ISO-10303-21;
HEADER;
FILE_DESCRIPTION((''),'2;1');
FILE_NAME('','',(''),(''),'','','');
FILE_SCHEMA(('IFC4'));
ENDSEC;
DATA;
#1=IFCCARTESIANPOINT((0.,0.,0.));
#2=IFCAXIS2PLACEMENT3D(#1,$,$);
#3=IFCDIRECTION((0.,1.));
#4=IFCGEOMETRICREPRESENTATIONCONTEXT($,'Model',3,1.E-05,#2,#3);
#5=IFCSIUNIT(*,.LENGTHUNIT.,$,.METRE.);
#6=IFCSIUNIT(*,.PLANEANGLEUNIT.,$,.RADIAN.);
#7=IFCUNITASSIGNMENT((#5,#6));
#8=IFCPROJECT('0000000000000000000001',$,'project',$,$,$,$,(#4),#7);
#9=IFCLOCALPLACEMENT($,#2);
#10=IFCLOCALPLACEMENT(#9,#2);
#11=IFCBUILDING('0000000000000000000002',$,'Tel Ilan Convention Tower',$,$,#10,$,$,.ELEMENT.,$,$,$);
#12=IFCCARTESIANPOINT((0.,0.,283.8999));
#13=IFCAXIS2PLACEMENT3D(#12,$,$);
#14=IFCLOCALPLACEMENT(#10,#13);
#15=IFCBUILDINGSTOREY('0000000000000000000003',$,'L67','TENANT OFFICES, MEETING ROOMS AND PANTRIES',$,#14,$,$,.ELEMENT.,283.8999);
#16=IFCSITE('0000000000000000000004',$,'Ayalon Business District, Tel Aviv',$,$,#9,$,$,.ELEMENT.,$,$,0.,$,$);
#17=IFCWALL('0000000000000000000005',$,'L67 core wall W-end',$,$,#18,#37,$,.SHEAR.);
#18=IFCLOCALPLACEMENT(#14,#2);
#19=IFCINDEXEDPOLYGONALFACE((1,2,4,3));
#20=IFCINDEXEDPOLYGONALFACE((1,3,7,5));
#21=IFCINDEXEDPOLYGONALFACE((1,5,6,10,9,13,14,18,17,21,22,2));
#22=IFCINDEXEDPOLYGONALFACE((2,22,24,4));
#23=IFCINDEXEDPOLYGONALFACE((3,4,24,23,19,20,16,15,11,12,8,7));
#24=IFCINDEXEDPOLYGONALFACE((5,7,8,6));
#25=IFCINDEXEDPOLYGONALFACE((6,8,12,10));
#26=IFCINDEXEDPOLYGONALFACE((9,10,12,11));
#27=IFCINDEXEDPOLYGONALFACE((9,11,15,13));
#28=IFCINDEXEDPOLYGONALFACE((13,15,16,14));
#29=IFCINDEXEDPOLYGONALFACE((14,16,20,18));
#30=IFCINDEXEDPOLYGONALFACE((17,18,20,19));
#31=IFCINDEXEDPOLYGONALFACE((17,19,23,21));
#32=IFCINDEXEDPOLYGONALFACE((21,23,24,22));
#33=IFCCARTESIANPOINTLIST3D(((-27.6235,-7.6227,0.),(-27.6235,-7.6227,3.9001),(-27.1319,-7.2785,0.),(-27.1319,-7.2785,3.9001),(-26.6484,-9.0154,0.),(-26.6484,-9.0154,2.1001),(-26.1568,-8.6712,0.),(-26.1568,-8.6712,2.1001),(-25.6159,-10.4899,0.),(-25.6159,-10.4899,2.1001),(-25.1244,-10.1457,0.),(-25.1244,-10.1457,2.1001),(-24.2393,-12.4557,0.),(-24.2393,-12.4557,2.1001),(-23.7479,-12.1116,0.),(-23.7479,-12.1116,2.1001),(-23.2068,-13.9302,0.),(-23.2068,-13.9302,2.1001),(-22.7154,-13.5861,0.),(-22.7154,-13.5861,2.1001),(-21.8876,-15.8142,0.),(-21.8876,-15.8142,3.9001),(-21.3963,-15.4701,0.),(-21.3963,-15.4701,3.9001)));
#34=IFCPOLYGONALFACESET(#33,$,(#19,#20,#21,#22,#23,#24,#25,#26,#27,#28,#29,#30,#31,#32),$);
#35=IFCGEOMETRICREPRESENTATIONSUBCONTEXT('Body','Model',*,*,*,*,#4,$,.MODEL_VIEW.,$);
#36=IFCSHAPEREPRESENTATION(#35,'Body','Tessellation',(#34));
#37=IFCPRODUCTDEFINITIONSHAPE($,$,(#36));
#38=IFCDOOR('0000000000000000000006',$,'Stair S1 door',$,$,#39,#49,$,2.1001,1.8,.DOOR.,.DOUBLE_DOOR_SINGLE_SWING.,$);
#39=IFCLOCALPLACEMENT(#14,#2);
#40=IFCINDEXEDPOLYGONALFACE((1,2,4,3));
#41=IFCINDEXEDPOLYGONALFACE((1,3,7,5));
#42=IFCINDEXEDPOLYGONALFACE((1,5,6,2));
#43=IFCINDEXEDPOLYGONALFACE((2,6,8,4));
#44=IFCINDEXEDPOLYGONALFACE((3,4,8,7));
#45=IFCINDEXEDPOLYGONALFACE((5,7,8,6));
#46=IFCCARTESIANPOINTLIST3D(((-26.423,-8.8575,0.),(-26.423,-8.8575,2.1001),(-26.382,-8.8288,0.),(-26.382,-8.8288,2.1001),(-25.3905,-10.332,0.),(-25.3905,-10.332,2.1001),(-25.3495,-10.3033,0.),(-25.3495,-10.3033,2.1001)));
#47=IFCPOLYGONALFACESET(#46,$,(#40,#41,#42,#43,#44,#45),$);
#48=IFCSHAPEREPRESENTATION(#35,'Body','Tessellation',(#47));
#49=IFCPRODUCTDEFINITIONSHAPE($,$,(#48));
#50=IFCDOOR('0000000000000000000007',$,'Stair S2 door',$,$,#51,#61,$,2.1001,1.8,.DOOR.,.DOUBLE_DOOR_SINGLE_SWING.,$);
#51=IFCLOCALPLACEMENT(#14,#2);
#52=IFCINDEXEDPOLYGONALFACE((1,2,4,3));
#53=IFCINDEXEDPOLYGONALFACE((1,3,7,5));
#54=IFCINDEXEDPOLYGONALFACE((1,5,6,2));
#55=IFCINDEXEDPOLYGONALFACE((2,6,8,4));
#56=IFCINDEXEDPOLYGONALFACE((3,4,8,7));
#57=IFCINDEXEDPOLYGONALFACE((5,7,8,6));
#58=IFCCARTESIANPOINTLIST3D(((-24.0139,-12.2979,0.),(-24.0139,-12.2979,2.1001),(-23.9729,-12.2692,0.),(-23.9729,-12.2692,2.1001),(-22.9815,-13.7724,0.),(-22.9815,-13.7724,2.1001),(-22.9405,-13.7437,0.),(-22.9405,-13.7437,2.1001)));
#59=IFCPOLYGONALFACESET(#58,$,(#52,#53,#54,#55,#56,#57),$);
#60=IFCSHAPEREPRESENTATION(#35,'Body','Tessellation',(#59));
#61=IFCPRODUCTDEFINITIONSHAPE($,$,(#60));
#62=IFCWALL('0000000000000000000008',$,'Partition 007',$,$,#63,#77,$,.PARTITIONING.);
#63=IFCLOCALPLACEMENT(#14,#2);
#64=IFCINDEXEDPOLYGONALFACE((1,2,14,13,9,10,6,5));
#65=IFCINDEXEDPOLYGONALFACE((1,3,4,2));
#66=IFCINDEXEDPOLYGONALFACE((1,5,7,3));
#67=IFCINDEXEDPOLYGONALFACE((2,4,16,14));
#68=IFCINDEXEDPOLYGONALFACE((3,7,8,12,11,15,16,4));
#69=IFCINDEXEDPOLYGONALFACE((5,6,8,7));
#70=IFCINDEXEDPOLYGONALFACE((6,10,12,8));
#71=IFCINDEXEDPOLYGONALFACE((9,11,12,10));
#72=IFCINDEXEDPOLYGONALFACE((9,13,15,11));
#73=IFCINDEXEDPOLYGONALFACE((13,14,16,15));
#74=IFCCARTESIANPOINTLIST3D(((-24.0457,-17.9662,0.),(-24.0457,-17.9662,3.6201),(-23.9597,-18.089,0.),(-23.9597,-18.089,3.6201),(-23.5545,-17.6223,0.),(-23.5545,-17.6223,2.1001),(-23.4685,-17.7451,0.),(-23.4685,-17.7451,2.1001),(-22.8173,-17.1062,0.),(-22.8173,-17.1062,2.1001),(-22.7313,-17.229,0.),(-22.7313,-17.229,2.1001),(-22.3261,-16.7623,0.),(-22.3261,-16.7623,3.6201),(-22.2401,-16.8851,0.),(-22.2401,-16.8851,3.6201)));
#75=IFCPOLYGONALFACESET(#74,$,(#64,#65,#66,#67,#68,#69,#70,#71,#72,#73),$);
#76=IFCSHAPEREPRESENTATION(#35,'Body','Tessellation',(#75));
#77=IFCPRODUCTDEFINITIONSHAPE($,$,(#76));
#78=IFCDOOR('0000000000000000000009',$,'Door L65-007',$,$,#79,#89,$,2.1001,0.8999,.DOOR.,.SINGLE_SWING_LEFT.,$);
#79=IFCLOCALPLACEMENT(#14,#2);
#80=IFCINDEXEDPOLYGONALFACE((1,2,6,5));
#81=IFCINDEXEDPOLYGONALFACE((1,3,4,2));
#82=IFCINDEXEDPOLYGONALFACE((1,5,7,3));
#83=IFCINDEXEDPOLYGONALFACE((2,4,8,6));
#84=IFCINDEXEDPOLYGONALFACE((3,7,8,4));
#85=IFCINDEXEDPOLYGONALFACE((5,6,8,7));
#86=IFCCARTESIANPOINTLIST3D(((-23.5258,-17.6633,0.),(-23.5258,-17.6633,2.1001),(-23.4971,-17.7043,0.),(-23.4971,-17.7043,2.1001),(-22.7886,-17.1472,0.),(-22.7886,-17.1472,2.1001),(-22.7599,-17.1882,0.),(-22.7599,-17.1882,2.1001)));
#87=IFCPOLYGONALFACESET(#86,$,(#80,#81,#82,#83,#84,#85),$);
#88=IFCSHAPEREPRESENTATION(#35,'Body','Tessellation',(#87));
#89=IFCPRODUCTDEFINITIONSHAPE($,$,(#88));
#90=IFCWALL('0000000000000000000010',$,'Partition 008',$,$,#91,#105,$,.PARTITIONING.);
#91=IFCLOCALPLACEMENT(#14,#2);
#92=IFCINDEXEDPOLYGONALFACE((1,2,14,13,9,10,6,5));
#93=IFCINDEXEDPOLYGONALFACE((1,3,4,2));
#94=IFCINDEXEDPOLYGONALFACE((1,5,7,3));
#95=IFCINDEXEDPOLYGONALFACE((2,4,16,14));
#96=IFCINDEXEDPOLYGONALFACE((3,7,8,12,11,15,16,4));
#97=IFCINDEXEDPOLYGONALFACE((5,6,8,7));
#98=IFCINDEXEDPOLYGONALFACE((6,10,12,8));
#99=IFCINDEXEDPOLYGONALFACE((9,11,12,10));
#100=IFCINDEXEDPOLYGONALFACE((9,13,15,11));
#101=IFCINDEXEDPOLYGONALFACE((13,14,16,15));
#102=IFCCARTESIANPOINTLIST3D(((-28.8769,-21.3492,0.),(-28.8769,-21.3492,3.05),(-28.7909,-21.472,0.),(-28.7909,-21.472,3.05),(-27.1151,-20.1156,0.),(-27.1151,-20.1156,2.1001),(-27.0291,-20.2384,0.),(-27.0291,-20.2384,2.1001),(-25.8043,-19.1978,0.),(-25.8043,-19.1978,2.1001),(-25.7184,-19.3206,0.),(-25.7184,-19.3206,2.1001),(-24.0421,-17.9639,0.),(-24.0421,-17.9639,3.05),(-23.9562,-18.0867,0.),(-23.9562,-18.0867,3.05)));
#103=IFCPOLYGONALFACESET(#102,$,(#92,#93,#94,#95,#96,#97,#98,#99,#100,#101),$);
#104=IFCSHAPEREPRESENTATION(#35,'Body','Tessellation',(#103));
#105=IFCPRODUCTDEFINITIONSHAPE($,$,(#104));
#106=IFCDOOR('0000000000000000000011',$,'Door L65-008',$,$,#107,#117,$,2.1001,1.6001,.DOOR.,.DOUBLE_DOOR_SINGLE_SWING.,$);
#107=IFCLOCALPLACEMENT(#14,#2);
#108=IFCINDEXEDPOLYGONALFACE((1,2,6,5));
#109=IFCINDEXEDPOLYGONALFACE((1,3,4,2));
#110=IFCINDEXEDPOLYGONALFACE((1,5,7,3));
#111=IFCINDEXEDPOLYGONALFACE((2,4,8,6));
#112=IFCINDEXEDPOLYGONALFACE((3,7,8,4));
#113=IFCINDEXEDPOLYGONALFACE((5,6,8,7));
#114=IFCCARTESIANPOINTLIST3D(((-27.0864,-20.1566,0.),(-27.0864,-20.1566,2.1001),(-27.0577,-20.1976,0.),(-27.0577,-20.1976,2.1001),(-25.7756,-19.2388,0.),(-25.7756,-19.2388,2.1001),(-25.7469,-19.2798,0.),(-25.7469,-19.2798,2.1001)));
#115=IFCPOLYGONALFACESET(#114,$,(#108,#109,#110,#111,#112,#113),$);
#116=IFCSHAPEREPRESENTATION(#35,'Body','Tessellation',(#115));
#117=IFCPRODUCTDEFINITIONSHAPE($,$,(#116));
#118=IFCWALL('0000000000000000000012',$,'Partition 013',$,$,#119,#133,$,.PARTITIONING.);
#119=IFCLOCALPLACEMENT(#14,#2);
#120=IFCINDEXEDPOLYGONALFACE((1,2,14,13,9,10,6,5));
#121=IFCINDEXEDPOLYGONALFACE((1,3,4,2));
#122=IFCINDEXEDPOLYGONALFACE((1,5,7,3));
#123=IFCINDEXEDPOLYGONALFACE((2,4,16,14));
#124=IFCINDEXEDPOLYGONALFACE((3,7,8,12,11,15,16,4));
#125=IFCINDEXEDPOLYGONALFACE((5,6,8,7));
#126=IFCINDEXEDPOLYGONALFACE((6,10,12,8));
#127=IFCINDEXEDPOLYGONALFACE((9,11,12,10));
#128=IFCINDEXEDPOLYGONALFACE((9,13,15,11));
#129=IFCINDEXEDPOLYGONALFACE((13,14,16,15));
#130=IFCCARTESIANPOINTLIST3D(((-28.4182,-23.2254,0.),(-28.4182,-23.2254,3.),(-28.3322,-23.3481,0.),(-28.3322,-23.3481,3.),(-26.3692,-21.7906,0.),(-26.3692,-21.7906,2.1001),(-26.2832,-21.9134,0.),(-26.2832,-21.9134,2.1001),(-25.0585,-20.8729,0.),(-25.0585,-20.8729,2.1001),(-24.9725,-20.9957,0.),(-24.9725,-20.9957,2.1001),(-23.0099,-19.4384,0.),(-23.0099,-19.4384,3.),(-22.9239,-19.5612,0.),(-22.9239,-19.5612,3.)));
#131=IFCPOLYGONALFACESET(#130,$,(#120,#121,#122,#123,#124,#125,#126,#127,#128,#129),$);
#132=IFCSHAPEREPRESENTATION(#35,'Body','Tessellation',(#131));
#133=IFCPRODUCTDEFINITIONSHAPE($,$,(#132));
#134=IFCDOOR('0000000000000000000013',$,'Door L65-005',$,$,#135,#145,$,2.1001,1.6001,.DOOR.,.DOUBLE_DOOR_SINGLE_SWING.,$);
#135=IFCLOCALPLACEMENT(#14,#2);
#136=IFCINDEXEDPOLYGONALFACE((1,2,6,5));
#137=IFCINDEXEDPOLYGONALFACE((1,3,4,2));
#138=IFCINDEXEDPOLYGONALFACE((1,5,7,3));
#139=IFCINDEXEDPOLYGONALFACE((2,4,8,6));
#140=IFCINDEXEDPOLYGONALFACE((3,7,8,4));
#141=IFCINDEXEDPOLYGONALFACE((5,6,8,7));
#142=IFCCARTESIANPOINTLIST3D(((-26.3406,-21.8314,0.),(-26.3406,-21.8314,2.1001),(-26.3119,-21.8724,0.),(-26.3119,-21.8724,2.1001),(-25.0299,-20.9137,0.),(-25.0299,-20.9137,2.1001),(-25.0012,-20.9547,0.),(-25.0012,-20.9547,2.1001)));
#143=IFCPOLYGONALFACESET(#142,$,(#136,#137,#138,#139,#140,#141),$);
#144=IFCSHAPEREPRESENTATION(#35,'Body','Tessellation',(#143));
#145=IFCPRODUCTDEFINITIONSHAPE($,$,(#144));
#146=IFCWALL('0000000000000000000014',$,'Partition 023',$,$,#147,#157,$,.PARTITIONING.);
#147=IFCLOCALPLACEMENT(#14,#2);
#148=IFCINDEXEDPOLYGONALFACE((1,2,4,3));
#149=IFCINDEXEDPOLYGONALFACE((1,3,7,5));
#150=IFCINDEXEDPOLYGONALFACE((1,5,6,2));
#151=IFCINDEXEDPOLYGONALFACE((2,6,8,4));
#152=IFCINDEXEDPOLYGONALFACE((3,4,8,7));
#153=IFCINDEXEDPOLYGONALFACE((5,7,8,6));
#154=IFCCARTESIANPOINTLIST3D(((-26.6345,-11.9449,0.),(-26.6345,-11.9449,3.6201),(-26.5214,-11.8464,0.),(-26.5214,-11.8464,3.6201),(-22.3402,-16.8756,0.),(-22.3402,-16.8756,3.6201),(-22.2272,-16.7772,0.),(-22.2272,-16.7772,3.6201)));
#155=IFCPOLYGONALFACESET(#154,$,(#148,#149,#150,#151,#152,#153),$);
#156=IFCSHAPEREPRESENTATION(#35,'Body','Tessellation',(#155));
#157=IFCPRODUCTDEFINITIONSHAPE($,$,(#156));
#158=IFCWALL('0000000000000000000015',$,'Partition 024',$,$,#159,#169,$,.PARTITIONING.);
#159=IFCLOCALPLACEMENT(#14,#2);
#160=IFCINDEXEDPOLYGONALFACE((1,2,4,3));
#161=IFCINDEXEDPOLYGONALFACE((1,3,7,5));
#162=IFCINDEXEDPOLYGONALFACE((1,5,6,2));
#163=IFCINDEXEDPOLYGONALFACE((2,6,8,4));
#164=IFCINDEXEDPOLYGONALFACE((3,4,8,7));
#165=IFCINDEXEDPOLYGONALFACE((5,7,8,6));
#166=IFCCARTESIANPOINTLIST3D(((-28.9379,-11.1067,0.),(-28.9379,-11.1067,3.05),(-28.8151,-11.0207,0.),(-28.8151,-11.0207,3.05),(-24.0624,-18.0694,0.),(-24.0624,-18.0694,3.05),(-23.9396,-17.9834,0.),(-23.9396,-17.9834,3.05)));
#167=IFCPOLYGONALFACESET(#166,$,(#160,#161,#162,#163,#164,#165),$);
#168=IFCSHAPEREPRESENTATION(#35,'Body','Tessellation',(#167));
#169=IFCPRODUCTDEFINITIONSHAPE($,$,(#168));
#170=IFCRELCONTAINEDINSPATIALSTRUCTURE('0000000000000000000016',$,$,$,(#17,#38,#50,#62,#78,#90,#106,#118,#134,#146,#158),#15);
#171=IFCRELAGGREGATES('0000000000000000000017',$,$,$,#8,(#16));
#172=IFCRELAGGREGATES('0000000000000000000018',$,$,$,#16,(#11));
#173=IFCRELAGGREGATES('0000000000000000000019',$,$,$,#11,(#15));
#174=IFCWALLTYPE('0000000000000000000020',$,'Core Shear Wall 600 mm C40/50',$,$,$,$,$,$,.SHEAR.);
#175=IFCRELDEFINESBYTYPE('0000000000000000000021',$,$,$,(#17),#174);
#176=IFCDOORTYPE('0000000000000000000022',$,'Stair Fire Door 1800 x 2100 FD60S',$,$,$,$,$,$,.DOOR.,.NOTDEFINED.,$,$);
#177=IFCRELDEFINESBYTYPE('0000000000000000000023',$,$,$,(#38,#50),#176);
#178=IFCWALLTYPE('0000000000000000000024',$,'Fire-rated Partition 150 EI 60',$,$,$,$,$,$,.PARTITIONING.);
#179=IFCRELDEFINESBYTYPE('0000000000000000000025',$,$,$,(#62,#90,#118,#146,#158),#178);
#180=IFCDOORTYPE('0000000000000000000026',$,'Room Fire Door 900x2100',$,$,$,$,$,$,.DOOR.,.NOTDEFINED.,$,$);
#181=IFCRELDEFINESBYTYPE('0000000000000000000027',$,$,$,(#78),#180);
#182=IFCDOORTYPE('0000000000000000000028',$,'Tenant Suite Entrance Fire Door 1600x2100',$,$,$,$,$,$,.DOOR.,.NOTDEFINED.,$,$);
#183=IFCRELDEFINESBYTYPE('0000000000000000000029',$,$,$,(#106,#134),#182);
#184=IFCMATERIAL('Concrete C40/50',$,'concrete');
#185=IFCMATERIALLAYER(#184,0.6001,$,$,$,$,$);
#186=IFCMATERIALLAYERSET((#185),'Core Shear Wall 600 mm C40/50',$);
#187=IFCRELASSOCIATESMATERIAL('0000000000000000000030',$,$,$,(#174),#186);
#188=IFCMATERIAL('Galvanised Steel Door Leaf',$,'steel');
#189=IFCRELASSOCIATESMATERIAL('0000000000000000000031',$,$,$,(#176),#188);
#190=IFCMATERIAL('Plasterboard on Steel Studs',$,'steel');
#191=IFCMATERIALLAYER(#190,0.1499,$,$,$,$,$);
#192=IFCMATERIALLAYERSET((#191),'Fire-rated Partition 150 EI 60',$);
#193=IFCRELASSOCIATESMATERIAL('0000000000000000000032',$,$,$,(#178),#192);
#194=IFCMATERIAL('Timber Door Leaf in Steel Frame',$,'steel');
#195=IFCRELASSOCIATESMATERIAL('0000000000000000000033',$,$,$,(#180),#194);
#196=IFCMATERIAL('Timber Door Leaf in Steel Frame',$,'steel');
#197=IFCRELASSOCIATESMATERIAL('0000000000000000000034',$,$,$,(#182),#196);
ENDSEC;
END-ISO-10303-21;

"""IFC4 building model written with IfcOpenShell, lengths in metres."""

from ifc_helpers import new_model, si_unit, direction, frame, frame_2d, origin, place, context, subcontext, project, spatial, polyline, rectangle, outline, extrude, material, layer, layer_set, type_object, element, fill, save


model = new_model("IFC4")

# Units and contexts
model_context = context("Model", 3, precision=1e-05, world=origin(), true_north=direction((0.0, 1.0)))
body_context = subcontext(model_context, "Body", "Model", "MODEL_VIEW")
ifc_project = project(units=[si_unit("LENGTHUNIT", "METRE"), si_unit("PLANEANGLEUNIT", "RADIAN")], contexts=[model_context])

# Site, building, storey
site_placement = place(None, origin())
site = spatial("IfcSite", under=ifc_project, at=site_placement, Name="Ayalon Business District, Tel Aviv", CompositionType="ELEMENT", RefElevation=0.0)
building_placement = place(site_placement, origin())
building = spatial("IfcBuilding", under=site, at=building_placement, Name="Tel Ilan Convention Tower", CompositionType="ELEMENT")
storey_placement = place(building_placement, frame((0.0, 0.0, 283.8999)))
storey = spatial("IfcBuildingStorey", under=building, at=storey_placement, Name="L67", Description="TENANT OFFICES, MEETING ROOMS AND PANTRIES", CompositionType="ELEMENT", Elevation=283.8999)

# Wall, openings, doors
ifc_material_1 = material(Name="Concrete C40/50", Category="concrete")
ifc_layer_1 = layer(ifc_material_1, 0.6001)
ifc_layer_set_1 = layer_set([ifc_layer_1], Name="Core Shear Wall 600 mm C40/50")
wall_type_1 = type_object("IfcWallType", Name="Core Shear Wall 600 mm C40/50", PredefinedType="SHEAR", material=ifc_layer_set_1)
wall_1_placement = place(storey_placement, frame((-21.6418, -15.6421, 0.0), z_axis=(0.0, 0.0, 1.0), x_axis=(-0.573587, 0.819145, 0.0)))
wall_1 = element("IfcWall", 1, at=wall_1_placement, inside=storey, type_object=wall_type_1, Name="L67 core wall W-end", PredefinedType="SHEAR", context=body_context, shape_type="SweptSolid", body=[
    extrude(outline(polyline([(0.0, 0.3), (0.0, -0.2998), (10.0, -0.3), (10.0, 0.3), (0.0, 0.3)])), origin(), (0.0, 0.0, 1.0), 3.9001),
])
opening_1_placement = place(wall_1_placement, frame((6.5, 0.0, 0.0)))
opening_1 = element("IfcOpeningElement", 2, at=opening_1_placement, cuts=wall_1, PredefinedType="OPENING", context=body_context, shape_type="SweptSolid", body=[
    extrude(rectangle(XDim=1.8, YDim=2.1001, at=frame_2d((0.8999, 1.05))), frame((0.0, 0.3101, 0.0), z_axis=(0.0, -1.0, 0.0), x_axis=(1.0, 0.0, 0.0)), (0.0, 0.0, 1.0), 0.6201),
])
opening_2_placement = place(wall_1_placement, frame((2.3, 0.0, 0.0)))
opening_2 = element("IfcOpeningElement", 3, at=opening_2_placement, cuts=wall_1, PredefinedType="OPENING", context=body_context, shape_type="SweptSolid", body=[
    extrude(rectangle(XDim=1.8, YDim=2.1001, at=frame_2d((0.8999, 1.05))), frame((0.0, 0.3101, 0.0), z_axis=(0.0, -1.0, 0.0), x_axis=(1.0, 0.0, 0.0)), (0.0, 0.0, 1.0), 0.6201),
])
ifc_material_2 = material(Name="Galvanised Steel Door Leaf", Category="steel")
door_type_1 = type_object("IfcDoorType", Name="Stair Fire Door 1800 x 2100 FD60S", OperationType="NOTDEFINED", PredefinedType="DOOR", material=ifc_material_2)
door_1_placement = place(opening_1_placement, origin())
door_1 = element("IfcDoor", 4, at=door_1_placement, inside=storey, type_object=door_type_1, Name="Stair S1 door", OperationType="DOUBLE_DOOR_SINGLE_SWING", OverallHeight=2.1001, OverallWidth=1.8, PredefinedType="DOOR", context=body_context, shape_type="SweptSolid", body=[
    extrude(rectangle(XDim=1.8, YDim=2.1001, at=frame_2d((0.8999, 1.05))), frame((0.0, 0.0249, 0.0), z_axis=(0.0, -1.0, 0.0), x_axis=(1.0, 0.0, 0.0)), (0.0, 0.0, 1.0), 0.05),
])
fill(opening_1, door_1)
door_2_placement = place(opening_2_placement, origin())
door_2 = element("IfcDoor", 5, at=door_2_placement, inside=storey, type_object=door_type_1, Name="Stair S2 door", OperationType="DOUBLE_DOOR_SINGLE_SWING", OverallHeight=2.1001, OverallWidth=1.8, PredefinedType="DOOR", context=body_context, shape_type="SweptSolid", body=[
    extrude(rectangle(XDim=1.8, YDim=2.1001, at=frame_2d((0.8999, 1.05))), frame((0.0, 0.0249, 0.0), z_axis=(0.0, -1.0, 0.0), x_axis=(1.0, 0.0, 0.0)), (0.0, 0.0, 1.0), 0.05),
])
fill(opening_2, door_2)

# Walls, openings, doors
ifc_material_3 = material(Name="Plasterboard on Steel Studs", Category="steel")
ifc_layer_2 = layer(ifc_material_3, 0.1499)
ifc_layer_set_2 = layer_set([ifc_layer_2], Name="Fire-rated Partition 150 EI 60")
wall_type_2 = type_object("IfcWallType", Name="Fire-rated Partition 150 EI 60", PredefinedType="PARTITIONING", material=ifc_layer_set_2)
wall_2_placement = place(storey_placement, frame((-24.0027, -18.0276, 0.0), z_axis=(0.0, 0.0, 1.0), x_axis=(0.819183, 0.573533, 0.0)))
wall_2 = element("IfcWall", 6, at=wall_2_placement, inside=storey, type_object=wall_type_2, Name="Partition 007", PredefinedType="PARTITIONING", context=body_context, shape_type="SweptSolid", body=[
    extrude(rectangle(XDim=2.0991, YDim=0.1499, at=frame_2d((1.0496, 0.0))), origin(), (0.0, 0.0, 1.0), 3.6201),
])
opening_3_placement = place(wall_2_placement, frame((0.5996, 0.0, 0.0)))
opening_3 = element("IfcOpeningElement", 7, at=opening_3_placement, cuts=wall_2, PredefinedType="OPENING", context=body_context, shape_type="SweptSolid", body=[
    extrude(rectangle(XDim=0.8999, YDim=2.1001, at=frame_2d((0.45, 1.05))), frame((0.0, 0.085, 0.0), z_axis=(0.0, -1.0, 0.0), x_axis=(1.0, 0.0, 0.0)), (0.0, 0.0, 1.0), 0.1699),
])
ifc_material_4 = material(Name="Timber Door Leaf in Steel Frame", Category="steel")
door_type_2 = type_object("IfcDoorType", Name="Room Fire Door 900x2100", OperationType="NOTDEFINED", PredefinedType="DOOR", material=ifc_material_4)
door_3_placement = place(opening_3_placement, origin())
door_3 = element("IfcDoor", 8, at=door_3_placement, inside=storey, type_object=door_type_2, Name="Door L65-007", OperationType="SINGLE_SWING_LEFT", OverallHeight=2.1001, OverallWidth=0.8999, PredefinedType="DOOR", context=body_context, shape_type="SweptSolid", body=[
    extrude(rectangle(XDim=0.8999, YDim=2.1001, at=frame_2d((0.45, 1.05))), frame((0.0, 0.0249, 0.0), z_axis=(0.0, -1.0, 0.0), x_axis=(1.0, 0.0, 0.0)), (0.0, 0.0, 1.0), 0.05),
])
fill(opening_3, door_3)
wall_3_placement = place(storey_placement, frame((-28.834, -21.4106, 0.0), z_axis=(0.0, 0.0, 1.0), x_axis=(0.819156, 0.573571, 0.0)))
wall_3 = element("IfcWall", 9, at=wall_3_placement, inside=storey, type_object=wall_type_2, Name="Partition 008", PredefinedType="PARTITIONING", context=body_context, shape_type="SweptSolid", body=[
    extrude(rectangle(XDim=5.9021, YDim=0.1499, at=frame_2d((2.9512, 0.0))), origin(), (0.0, 0.0, 1.0), 3.05),
])
opening_4_placement = place(wall_3_placement, frame((2.1509, 0.0, 0.0)))
opening_4 = element("IfcOpeningElement", 10, at=opening_4_placement, cuts=wall_3, PredefinedType="OPENING", context=body_context, shape_type="SweptSolid", body=[
    extrude(rectangle(XDim=1.6001, YDim=2.1001, at=frame_2d((0.8, 1.05))), frame((0.0, 0.085, 0.0), z_axis=(0.0, -1.0, 0.0), x_axis=(1.0, 0.0, 0.0)), (0.0, 0.0, 1.0), 0.1699),
])
ifc_material_5 = material(Name="Timber Door Leaf in Steel Frame", Category="steel")
door_type_3 = type_object("IfcDoorType", Name="Tenant Suite Entrance Fire Door 1600x2100", OperationType="NOTDEFINED", PredefinedType="DOOR", material=ifc_material_5)
door_4_placement = place(opening_4_placement, origin())
door_4 = element("IfcDoor", 11, at=door_4_placement, inside=storey, type_object=door_type_3, Name="Door L65-008", OperationType="DOUBLE_DOOR_SINGLE_SWING", OverallHeight=2.1001, OverallWidth=1.6001, PredefinedType="DOOR", context=body_context, shape_type="SweptSolid", body=[
    extrude(rectangle(XDim=1.6001, YDim=2.1001, at=frame_2d((0.8, 1.05))), frame((0.0, 0.0249, 0.0), z_axis=(0.0, -1.0, 0.0), x_axis=(1.0, 0.0, 0.0)), (0.0, 0.0, 1.0), 0.05),
])
fill(opening_4, door_4)
wall_4_placement = place(storey_placement, frame((-22.9668, -19.4998, 0.0), z_axis=(0.0, 0.0, 1.0), x_axis=(-0.819152, -0.573577, 0.0)))
wall_4 = element("IfcWall", 12, at=wall_4_placement, inside=storey, type_object=wall_type_2, Name="Partition 013", PredefinedType="PARTITIONING", context=body_context, shape_type="SweptSolid", body=[
    extrude(rectangle(XDim=6.6023, YDim=0.1499, at=frame_2d((3.3013, 0.0))), origin(), (0.0, 0.0, 1.0), 3.0),
])
opening_5_placement = place(wall_4_placement, frame((2.501, 0.0, 0.0)))
opening_5 = element("IfcOpeningElement", 13, at=opening_5_placement, cuts=wall_4, PredefinedType="OPENING", context=body_context, shape_type="SweptSolid", body=[
    extrude(rectangle(XDim=1.6001, YDim=2.1001, at=frame_2d((0.8, 1.05))), frame((0.0, 0.085, 0.0), z_axis=(0.0, -1.0, 0.0), x_axis=(1.0, 0.0, 0.0)), (0.0, 0.0, 1.0), 0.1699),
])
door_5_placement = place(opening_5_placement, origin())
door_5 = element("IfcDoor", 14, at=door_5_placement, inside=storey, type_object=door_type_3, Name="Door L65-005", OperationType="DOUBLE_DOOR_SINGLE_SWING", OverallHeight=2.1001, OverallWidth=1.6001, PredefinedType="DOOR", context=body_context, shape_type="SweptSolid", body=[
    extrude(rectangle(XDim=1.6001, YDim=2.1001, at=frame_2d((0.8, 1.05))), frame((0.0, 0.0249, 0.0), z_axis=(0.0, -1.0, 0.0), x_axis=(1.0, 0.0, 0.0)), (0.0, 0.0, 1.0), 0.05),
])
fill(opening_5, door_5)

# Walls
wall_5_placement = place(storey_placement, frame((-22.2837, -16.8264, 0.0), z_axis=(0.0, 0.0, 1.0), x_axis=(-0.656758, 0.754101, 0.0)))
element("IfcWall", 15, at=wall_5_placement, inside=storey, type_object=wall_type_2, Name="Partition 023", PredefinedType="PARTITIONING", context=body_context, shape_type="SweptSolid", body=[
    extrude(rectangle(XDim=6.5386, YDim=0.1499, at=frame_2d((3.2693, 0.0))), origin(), (0.0, 0.0, 1.0), 3.6201),
])
wall_6_placement = place(storey_placement, frame((-24.001, -18.0264, 0.0), z_axis=(0.0, 0.0, 1.0), x_axis=(-0.573591, 0.819142, 0.0)))
element("IfcWall", 16, at=wall_6_placement, inside=storey, type_object=wall_type_2, Name="Partition 024", PredefinedType="PARTITIONING", context=body_context, shape_type="SweptSolid", body=[
    extrude(rectangle(XDim=8.5, YDim=0.1499, at=frame_2d((4.25, 0.0))), origin(), (0.0, 0.0, 1.0), 3.05),
])

save(model, "model.ifc")
